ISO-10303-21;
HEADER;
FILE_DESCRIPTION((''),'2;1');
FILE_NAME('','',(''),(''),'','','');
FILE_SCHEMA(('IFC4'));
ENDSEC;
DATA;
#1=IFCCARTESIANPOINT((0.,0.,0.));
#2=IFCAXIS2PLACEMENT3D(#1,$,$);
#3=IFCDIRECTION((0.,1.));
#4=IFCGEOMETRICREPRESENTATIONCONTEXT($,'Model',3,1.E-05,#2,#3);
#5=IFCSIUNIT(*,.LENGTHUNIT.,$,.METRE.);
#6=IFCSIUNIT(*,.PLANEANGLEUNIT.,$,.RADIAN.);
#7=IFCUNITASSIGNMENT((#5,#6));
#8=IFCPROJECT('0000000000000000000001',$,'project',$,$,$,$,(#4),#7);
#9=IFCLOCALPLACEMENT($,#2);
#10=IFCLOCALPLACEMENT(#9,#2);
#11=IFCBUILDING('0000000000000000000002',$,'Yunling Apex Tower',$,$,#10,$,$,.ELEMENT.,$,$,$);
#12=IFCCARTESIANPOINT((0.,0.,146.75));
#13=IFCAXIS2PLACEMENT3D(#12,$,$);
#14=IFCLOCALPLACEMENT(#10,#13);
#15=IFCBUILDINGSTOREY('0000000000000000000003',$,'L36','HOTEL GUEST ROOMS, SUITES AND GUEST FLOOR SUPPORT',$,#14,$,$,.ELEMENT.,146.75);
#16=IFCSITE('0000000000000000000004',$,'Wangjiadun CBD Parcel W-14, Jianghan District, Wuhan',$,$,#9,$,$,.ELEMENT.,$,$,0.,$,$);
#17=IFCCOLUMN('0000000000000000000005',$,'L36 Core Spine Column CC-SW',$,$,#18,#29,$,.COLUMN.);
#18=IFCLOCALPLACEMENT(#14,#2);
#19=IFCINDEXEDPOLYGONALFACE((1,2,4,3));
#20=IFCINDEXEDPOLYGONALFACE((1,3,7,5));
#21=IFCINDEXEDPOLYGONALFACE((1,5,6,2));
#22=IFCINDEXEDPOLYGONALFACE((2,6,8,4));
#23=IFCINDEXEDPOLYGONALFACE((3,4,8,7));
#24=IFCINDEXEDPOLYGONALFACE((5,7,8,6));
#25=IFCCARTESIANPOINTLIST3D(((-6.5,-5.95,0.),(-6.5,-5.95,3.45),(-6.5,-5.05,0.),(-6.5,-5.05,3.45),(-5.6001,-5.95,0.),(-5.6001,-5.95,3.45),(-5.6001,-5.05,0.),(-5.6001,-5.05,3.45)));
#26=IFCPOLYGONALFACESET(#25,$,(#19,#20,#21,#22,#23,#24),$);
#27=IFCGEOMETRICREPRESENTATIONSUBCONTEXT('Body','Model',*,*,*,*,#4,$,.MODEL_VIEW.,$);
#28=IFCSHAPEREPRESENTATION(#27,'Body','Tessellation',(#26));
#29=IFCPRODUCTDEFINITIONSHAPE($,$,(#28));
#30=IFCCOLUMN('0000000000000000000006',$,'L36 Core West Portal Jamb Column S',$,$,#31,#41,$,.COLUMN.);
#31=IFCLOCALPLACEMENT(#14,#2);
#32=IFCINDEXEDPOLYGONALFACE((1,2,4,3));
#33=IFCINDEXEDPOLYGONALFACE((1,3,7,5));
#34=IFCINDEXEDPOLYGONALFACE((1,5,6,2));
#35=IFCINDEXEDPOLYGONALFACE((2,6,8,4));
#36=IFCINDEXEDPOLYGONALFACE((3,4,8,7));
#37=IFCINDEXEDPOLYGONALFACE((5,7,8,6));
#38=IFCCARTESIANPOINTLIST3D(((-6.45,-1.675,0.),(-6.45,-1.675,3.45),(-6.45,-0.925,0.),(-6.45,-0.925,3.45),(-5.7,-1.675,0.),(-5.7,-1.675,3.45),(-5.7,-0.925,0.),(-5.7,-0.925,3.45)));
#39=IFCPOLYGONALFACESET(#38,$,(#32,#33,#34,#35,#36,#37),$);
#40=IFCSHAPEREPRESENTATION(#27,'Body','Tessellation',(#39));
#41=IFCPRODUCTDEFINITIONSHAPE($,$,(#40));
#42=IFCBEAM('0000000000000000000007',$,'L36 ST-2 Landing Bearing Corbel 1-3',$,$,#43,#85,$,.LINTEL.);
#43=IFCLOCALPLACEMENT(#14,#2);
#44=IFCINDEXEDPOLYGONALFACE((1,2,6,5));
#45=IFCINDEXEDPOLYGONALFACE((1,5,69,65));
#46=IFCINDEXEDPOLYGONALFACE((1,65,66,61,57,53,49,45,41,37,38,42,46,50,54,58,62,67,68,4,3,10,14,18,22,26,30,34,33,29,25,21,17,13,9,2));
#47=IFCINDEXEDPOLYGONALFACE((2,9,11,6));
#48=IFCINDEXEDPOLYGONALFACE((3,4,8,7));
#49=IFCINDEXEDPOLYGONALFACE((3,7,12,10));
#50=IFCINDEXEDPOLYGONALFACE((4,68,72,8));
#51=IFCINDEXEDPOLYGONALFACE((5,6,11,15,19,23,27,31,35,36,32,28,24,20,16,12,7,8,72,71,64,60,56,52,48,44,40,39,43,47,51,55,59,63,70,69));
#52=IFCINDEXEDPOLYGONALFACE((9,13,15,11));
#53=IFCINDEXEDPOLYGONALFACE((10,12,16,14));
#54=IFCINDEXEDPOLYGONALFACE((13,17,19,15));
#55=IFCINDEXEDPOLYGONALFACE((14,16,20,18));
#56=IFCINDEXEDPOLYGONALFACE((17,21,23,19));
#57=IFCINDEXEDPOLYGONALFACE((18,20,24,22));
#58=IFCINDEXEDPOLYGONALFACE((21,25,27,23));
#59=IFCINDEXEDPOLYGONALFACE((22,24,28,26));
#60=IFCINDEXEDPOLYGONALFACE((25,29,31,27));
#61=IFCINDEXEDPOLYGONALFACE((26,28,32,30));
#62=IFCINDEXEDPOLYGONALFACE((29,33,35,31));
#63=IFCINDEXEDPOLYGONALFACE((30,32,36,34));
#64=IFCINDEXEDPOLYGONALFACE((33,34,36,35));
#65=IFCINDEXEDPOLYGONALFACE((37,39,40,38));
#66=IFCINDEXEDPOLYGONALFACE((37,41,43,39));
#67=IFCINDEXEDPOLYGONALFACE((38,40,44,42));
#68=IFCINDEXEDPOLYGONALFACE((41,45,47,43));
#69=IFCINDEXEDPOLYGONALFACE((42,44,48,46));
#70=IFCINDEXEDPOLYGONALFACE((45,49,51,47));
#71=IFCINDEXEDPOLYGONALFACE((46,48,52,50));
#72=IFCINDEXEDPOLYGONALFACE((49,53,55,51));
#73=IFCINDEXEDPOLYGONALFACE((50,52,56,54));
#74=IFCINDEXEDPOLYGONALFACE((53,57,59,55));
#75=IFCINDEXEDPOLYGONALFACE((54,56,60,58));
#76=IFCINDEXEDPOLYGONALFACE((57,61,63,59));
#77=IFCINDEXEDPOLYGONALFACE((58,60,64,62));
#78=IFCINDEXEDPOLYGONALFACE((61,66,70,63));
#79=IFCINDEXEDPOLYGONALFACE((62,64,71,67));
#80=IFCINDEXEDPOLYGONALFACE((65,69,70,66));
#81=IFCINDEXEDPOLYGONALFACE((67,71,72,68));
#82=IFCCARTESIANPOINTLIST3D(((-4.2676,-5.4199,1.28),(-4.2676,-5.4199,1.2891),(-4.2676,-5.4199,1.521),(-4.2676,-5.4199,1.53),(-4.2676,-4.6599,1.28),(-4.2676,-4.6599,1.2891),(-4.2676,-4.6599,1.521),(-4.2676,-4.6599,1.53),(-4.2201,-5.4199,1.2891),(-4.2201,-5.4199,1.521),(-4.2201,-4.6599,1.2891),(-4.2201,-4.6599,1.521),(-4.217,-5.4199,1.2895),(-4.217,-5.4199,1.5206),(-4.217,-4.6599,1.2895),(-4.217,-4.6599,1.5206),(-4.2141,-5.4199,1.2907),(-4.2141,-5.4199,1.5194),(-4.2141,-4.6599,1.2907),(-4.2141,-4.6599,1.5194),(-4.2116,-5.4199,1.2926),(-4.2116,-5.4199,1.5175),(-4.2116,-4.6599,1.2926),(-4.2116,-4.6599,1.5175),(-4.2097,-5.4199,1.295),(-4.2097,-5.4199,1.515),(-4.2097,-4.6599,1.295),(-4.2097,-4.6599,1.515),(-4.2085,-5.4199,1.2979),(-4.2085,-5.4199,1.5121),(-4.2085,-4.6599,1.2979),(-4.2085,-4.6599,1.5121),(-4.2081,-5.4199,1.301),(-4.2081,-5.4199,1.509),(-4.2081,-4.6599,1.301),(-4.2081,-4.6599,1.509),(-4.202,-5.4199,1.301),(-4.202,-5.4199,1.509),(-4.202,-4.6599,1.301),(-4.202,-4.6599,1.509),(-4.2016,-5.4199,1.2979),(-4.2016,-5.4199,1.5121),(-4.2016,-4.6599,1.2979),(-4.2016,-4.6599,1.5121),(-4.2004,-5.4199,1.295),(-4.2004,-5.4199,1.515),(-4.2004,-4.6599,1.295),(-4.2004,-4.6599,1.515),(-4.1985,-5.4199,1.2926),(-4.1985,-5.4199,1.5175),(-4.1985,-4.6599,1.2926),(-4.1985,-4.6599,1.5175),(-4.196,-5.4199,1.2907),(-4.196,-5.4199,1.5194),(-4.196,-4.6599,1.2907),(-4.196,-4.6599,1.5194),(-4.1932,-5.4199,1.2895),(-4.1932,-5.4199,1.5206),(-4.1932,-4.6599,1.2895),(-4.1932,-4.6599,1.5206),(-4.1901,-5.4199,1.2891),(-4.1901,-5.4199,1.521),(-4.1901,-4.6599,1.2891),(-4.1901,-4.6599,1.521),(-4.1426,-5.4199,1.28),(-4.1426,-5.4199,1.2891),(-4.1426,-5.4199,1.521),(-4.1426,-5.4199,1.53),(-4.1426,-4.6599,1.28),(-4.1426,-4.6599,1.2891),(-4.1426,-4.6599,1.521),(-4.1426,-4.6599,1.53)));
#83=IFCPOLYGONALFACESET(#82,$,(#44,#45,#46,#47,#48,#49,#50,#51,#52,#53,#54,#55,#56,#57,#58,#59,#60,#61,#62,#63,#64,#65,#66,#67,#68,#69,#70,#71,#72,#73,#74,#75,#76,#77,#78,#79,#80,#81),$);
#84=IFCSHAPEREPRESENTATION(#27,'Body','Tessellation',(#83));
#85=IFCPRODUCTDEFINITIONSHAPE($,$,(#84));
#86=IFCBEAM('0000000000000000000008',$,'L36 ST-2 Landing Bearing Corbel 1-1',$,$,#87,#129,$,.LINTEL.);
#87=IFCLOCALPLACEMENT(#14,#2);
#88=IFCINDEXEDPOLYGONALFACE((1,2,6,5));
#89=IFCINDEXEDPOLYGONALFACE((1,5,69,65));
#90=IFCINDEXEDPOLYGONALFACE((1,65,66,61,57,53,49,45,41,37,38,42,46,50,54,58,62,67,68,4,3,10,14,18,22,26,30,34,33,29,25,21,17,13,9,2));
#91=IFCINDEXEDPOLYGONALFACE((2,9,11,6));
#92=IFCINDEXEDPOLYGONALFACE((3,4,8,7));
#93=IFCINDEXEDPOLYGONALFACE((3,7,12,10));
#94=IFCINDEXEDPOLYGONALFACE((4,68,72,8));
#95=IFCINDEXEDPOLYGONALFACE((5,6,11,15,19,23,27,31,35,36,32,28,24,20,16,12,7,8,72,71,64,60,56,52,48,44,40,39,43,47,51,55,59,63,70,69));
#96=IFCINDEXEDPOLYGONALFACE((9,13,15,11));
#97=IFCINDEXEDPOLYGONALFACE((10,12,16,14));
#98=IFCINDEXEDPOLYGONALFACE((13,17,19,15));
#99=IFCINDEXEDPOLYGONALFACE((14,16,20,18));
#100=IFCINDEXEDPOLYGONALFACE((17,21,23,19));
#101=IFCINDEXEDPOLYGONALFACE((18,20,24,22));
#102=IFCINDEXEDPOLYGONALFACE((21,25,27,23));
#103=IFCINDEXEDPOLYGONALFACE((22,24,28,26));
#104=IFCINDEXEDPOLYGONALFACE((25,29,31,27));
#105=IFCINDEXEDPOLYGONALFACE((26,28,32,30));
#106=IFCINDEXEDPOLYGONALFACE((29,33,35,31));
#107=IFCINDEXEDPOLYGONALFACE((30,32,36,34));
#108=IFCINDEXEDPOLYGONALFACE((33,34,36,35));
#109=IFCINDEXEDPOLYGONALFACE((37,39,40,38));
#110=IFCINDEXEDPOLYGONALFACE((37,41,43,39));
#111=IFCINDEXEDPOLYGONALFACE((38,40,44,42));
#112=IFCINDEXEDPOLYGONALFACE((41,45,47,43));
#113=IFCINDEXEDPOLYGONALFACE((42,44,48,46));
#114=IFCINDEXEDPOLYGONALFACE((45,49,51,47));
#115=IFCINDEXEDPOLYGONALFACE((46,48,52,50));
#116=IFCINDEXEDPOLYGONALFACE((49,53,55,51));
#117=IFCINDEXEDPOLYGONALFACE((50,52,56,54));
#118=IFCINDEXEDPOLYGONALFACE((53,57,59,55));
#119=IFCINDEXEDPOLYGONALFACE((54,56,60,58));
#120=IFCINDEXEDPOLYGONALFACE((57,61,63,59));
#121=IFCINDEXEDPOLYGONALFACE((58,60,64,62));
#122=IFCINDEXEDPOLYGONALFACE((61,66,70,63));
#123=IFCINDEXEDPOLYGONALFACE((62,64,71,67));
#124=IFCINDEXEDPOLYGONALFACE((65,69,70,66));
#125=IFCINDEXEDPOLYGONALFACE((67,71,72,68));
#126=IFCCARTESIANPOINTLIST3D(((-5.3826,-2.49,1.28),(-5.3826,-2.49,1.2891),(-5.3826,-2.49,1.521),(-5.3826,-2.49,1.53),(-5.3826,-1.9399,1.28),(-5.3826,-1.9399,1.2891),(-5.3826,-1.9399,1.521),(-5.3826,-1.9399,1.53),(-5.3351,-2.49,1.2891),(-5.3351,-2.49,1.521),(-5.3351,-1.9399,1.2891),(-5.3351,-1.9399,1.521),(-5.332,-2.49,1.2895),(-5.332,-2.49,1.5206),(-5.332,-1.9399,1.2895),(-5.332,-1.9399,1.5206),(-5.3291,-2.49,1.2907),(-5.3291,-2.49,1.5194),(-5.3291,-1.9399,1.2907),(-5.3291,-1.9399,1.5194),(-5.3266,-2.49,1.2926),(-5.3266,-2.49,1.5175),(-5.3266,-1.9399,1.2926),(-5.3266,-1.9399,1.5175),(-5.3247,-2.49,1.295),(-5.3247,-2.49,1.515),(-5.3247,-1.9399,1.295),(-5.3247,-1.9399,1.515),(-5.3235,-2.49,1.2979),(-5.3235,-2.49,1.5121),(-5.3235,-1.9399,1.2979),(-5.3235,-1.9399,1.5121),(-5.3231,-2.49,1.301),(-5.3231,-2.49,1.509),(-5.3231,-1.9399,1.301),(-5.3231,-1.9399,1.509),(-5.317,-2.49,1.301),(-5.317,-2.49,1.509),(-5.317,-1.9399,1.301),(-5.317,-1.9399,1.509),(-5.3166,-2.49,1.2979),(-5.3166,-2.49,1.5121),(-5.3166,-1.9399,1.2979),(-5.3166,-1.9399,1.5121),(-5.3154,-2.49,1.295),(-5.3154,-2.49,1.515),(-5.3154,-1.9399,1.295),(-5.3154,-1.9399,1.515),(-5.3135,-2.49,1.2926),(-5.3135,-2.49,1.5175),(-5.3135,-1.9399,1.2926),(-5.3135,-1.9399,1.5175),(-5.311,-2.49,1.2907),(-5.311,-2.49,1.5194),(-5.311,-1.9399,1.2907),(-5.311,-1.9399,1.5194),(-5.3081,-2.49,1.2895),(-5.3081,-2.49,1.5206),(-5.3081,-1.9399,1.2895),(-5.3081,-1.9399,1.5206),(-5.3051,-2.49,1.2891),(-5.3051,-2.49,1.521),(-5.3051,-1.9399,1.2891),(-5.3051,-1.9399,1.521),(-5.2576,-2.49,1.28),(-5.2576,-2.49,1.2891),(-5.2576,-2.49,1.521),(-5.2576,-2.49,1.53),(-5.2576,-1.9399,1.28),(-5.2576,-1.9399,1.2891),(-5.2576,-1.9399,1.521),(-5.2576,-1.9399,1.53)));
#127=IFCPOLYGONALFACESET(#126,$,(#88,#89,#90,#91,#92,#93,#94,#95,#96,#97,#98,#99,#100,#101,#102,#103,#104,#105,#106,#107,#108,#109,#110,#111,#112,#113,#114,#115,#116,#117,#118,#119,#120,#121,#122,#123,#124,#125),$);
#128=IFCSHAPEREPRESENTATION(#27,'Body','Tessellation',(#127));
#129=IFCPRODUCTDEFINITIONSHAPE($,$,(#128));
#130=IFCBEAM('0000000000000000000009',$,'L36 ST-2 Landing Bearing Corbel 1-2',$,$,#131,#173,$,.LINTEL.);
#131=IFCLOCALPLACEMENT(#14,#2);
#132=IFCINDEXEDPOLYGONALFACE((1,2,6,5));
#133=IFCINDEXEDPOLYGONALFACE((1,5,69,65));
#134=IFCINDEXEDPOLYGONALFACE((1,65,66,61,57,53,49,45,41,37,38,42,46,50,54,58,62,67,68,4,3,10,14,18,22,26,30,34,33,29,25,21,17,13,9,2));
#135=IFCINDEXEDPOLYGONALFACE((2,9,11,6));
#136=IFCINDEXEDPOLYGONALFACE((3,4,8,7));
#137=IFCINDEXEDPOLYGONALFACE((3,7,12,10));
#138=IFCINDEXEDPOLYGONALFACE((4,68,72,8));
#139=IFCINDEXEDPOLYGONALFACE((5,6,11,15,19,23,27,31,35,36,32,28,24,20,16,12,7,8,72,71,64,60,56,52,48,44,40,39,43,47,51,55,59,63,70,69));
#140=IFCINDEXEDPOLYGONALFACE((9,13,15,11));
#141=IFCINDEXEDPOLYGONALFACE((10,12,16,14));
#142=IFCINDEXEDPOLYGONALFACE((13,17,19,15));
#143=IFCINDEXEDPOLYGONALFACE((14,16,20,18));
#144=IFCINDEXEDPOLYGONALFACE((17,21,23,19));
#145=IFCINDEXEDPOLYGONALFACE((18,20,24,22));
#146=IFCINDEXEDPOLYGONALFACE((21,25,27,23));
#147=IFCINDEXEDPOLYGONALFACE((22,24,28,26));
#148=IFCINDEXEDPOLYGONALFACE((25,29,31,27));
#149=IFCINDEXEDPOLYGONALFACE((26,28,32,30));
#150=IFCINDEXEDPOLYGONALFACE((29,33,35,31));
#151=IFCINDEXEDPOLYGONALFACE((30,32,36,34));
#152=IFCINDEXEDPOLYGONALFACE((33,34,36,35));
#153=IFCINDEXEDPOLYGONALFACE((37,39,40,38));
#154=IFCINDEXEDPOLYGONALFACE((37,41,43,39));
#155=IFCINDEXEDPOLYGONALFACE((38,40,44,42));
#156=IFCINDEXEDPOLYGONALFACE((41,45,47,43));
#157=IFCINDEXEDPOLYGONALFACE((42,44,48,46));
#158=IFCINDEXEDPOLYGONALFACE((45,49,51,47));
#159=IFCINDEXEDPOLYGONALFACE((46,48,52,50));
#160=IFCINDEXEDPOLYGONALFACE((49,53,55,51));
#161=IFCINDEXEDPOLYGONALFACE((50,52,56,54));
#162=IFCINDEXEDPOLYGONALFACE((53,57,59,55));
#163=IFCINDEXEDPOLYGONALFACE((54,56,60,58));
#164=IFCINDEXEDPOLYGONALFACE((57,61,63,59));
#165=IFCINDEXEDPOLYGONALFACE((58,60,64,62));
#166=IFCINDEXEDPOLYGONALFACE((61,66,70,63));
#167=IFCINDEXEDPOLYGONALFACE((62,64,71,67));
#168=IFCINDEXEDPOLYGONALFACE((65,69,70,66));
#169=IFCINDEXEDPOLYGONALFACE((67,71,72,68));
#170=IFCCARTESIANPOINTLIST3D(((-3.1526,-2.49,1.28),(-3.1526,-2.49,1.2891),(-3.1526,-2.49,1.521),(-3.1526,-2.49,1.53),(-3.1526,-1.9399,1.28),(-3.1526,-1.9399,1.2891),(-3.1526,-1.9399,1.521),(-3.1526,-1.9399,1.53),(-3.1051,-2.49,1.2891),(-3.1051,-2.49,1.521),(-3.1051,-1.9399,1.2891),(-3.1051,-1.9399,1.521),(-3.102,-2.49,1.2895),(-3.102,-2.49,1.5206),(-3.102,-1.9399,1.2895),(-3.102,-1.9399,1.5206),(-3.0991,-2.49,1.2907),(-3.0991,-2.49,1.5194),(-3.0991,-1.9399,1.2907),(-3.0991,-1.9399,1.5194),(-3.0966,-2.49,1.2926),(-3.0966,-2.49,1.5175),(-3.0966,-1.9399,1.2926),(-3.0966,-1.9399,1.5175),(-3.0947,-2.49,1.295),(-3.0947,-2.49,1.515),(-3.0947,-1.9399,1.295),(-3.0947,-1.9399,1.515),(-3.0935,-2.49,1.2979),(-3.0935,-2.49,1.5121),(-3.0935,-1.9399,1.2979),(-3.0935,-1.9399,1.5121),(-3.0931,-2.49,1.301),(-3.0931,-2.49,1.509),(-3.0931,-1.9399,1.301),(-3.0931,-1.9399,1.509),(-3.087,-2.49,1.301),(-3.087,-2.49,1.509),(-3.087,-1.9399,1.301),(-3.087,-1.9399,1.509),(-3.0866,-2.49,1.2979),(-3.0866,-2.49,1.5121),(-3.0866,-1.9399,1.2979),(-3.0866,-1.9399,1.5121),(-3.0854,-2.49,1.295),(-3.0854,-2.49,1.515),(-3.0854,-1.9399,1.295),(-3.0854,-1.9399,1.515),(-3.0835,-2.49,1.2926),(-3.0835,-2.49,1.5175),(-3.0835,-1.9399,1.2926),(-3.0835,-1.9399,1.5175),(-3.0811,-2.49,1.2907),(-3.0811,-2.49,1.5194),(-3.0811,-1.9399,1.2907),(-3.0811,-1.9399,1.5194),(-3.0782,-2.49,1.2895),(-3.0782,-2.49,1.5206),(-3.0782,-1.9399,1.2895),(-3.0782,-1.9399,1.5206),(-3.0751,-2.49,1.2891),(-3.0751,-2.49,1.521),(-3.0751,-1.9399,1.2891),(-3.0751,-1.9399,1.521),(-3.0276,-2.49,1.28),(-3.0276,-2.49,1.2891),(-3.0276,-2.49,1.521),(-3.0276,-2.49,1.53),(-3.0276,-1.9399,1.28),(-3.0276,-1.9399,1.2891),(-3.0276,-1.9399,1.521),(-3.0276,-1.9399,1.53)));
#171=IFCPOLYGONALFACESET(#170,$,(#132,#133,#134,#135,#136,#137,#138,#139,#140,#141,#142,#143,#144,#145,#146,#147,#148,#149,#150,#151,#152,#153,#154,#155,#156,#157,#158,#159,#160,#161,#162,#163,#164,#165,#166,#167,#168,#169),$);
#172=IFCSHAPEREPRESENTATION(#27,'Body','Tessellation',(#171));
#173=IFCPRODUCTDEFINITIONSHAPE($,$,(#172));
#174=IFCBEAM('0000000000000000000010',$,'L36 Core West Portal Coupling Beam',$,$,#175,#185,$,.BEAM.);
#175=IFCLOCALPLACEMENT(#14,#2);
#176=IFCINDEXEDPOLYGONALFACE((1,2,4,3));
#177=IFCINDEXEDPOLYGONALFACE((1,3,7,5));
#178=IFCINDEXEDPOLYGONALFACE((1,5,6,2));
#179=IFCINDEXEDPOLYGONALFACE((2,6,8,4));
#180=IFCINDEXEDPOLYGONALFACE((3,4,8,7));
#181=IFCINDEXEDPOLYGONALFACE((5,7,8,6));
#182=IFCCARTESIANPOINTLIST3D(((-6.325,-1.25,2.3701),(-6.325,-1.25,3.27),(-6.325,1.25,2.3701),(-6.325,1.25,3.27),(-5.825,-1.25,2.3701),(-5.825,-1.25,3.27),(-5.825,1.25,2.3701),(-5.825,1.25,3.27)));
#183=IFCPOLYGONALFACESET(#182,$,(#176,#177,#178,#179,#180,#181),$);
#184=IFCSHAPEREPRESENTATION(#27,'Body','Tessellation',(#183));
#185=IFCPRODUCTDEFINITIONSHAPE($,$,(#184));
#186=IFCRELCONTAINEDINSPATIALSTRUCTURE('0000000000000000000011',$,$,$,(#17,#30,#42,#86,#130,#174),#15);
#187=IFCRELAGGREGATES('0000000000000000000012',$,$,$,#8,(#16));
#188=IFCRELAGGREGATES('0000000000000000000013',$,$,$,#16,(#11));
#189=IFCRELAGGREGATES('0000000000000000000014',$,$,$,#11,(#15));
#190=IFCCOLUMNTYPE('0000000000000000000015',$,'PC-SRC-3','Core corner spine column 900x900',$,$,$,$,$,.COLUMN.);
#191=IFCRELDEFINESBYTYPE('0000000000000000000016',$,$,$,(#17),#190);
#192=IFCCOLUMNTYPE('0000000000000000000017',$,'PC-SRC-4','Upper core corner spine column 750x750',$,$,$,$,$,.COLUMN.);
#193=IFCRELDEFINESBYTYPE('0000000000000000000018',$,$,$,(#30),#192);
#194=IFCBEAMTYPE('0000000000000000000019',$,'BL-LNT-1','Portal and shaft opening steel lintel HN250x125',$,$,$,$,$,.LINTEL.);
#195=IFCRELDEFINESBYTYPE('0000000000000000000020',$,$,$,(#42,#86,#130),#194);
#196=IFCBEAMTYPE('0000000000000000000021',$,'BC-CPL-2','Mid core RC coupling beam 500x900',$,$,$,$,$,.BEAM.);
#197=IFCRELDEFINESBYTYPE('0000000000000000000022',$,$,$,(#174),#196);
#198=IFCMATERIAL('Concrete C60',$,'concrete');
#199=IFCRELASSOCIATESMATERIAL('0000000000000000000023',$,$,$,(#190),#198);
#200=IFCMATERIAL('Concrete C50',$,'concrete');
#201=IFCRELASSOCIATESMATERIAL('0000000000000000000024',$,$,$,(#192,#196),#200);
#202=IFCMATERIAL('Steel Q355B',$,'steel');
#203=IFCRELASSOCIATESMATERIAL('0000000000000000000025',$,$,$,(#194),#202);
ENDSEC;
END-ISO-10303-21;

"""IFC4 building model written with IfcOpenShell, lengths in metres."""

from ifc_helpers import new_model, si_unit, direction, frame, origin, origin_2d, place, context, subcontext, project, spatial, rectangle, i_section, extrude, source, transform, mapped, material, material_profile, profile_set, type_object, element, save


model = new_model("IFC4")

# Units and contexts
model_context = context("Model", 3, precision=1e-05, world=origin(), true_north=direction((0.0, 1.0)))
body_context = subcontext(model_context, "Body", "Model", "MODEL_VIEW")
ifc_project = project(units=[si_unit("LENGTHUNIT", "METRE"), si_unit("PLANEANGLEUNIT", "RADIAN")], contexts=[model_context])

# Site, building, storey
site_placement = place(None, origin())
site = spatial("IfcSite", under=ifc_project, at=site_placement, Name="Wangjiadun CBD Parcel W-14, Jianghan District, Wuhan", CompositionType="ELEMENT", RefElevation=0.0)
building_placement = place(site_placement, origin())
building = spatial("IfcBuilding", under=site, at=building_placement, Name="Yunling Apex Tower", CompositionType="ELEMENT")
storey_placement = place(building_placement, frame((0.0, 0.0, 146.75)))
storey = spatial("IfcBuildingStorey", under=building, at=storey_placement, Name="L36", Description="HOTEL GUEST ROOMS, SUITES AND GUEST FLOOR SUPPORT", CompositionType="ELEMENT", Elevation=146.75)

# Columns
ifc_material_1 = material(Name="Concrete C60", Category="concrete")
ifc_material_profile_1 = material_profile(ifc_material_1, rectangle(XDim=0.8999, YDim=0.8999, at=origin_2d()))
ifc_profile_set_1 = profile_set([ifc_material_profile_1], Name="Concrete C60")
column_type_1 = type_object("IfcColumnType", Name="PC-SRC-3", Description="Core corner spine column 900x900", PredefinedType="COLUMN", material=ifc_profile_set_1)
shared_shape_1 = source(origin(), body_context, "Body", "SweptSolid", [
    extrude(rectangle(XDim=0.8999, YDim=0.8999, at=origin_2d()), origin(), (0.0, 0.0, 1.0), 3.45),
])
column_1_placement = place(storey_placement, frame((-6.05, -5.5, 0.0), z_axis=(0.0, 0.0, 1.0), x_axis=(1.0, 0.0, 0.0)))
element("IfcColumn", 1, at=column_1_placement, inside=storey, type_object=column_type_1, Name="L36 Core Spine Column CC-SW", PredefinedType="COLUMN", context=body_context, shape_type="MappedRepresentation", body=[
    mapped(shared_shape_1, transform((0.0, 0.0, 0.0), scale=1.0)),
])
ifc_material_2 = material(Name="Concrete C50", Category="concrete")
ifc_material_profile_2 = material_profile(ifc_material_2, rectangle(XDim=0.75, YDim=0.75, at=origin_2d()))
ifc_profile_set_2 = profile_set([ifc_material_profile_2], Name="Concrete C50")
column_type_2 = type_object("IfcColumnType", Name="PC-SRC-4", Description="Upper core corner spine column 750x750", PredefinedType="COLUMN", material=ifc_profile_set_2)
shared_shape_2 = source(origin(), body_context, "Body", "SweptSolid", [
    extrude(rectangle(XDim=0.75, YDim=0.75, at=origin_2d()), origin(), (0.0, 0.0, 1.0), 3.45),
])
column_2_placement = place(storey_placement, frame((-6.075, -1.3, 0.0), z_axis=(0.0, 0.0, 1.0), x_axis=(1.0, 0.0, 0.0)))
element("IfcColumn", 2, at=column_2_placement, inside=storey, type_object=column_type_2, Name="L36 Core West Portal Jamb Column S", PredefinedType="COLUMN", context=body_context, shape_type="MappedRepresentation", body=[
    mapped(shared_shape_2, transform((0.0, 0.0, 0.0), scale=1.0)),
])

# Beams
ifc_material_3 = material(Name="Steel Q355B", Category="steel")
ifc_material_profile_3 = material_profile(ifc_material_3, i_section(OverallWidth=0.125, OverallDepth=0.25, WebThickness=0.0061, FlangeThickness=0.009, FilletRadius=0.012, at=origin_2d()))
ifc_profile_set_3 = profile_set([ifc_material_profile_3], Name="Steel Q355B")
beam_type_1 = type_object("IfcBeamType", Name="BL-LNT-1", Description="Portal and shaft opening steel lintel HN250x125", PredefinedType="LINTEL", material=ifc_profile_set_3)
shared_shape_3 = source(origin(), body_context, "Body", "SweptSolid", [
    extrude(i_section(OverallWidth=0.125, OverallDepth=0.25, WebThickness=0.0061, FlangeThickness=0.009, FilletRadius=0.012, at=origin_2d()), origin(), (0.0, 0.0, 1.0), 0.76),
])
beam_1_placement = place(storey_placement, frame((-4.2051, -5.4199, 1.405), z_axis=(0.0, 1.0, 0.0), x_axis=(-1.0, 0.0, 0.0)))
element("IfcBeam", 3, at=beam_1_placement, inside=storey, type_object=beam_type_1, Name="L36 ST-2 Landing Bearing Corbel 1-3", PredefinedType="LINTEL", context=body_context, shape_type="MappedRepresentation", body=[
    mapped(shared_shape_3, transform((0.0, 0.0, 0.0), scale=1.0)),
])
shared_shape_4 = source(origin(), body_context, "Body", "SweptSolid", [
    extrude(i_section(OverallWidth=0.125, OverallDepth=0.25, WebThickness=0.0061, FlangeThickness=0.009, FilletRadius=0.012, at=origin_2d()), origin(), (0.0, 0.0, 1.0), 0.55),
])
for number, where, z_axis, x_axis, name in (
    (4, (-5.3201, -1.9399, 1.405), (0.0, -1.0, 0.0), (1.0, 0.0, 0.0), "L36 ST-2 Landing Bearing Corbel 1-1"),
    (5, (-3.0901, -1.9399, 1.405), (0.0, -1.0, 0.0), (1.0, 0.0, 0.0), "L36 ST-2 Landing Bearing Corbel 1-2"),
):
    element("IfcBeam", number, at=place(storey_placement, frame(where, z_axis=z_axis, x_axis=x_axis)), inside=storey, type_object=beam_type_1, Name=name, PredefinedType="LINTEL", context=body_context, shape_type="MappedRepresentation", body=[
        mapped(shared_shape_4, transform((0.0, 0.0, 0.0), scale=1.0)),
    ])
ifc_material_profile_4 = material_profile(ifc_material_2, rectangle(XDim=0.5, YDim=0.8999, at=origin_2d()))
ifc_profile_set_4 = profile_set([ifc_material_profile_4], Name="Concrete C50")
beam_type_2 = type_object("IfcBeamType", Name="BC-CPL-2", Description="Mid core RC coupling beam 500x900", PredefinedType="BEAM", material=ifc_profile_set_4)
shared_shape_5 = source(origin(), body_context, "Body", "SweptSolid", [
    extrude(rectangle(XDim=0.5, YDim=0.8999, at=origin_2d()), origin(), (0.0, 0.0, 1.0), 2.5),
])
beam_2_placement = place(storey_placement, frame((-6.075, -1.25, 2.8201), z_axis=(0.0, 1.0, 0.0), x_axis=(-1.0, 0.0, 0.0)))
element("IfcBeam", 6, at=beam_2_placement, inside=storey, type_object=beam_type_2, Name="L36 Core West Portal Coupling Beam", PredefinedType="BEAM", context=body_context, shape_type="MappedRepresentation", body=[
    mapped(shared_shape_5, transform((0.0, 0.0, 0.0), scale=1.0)),
])

save(model, "model.ifc")
